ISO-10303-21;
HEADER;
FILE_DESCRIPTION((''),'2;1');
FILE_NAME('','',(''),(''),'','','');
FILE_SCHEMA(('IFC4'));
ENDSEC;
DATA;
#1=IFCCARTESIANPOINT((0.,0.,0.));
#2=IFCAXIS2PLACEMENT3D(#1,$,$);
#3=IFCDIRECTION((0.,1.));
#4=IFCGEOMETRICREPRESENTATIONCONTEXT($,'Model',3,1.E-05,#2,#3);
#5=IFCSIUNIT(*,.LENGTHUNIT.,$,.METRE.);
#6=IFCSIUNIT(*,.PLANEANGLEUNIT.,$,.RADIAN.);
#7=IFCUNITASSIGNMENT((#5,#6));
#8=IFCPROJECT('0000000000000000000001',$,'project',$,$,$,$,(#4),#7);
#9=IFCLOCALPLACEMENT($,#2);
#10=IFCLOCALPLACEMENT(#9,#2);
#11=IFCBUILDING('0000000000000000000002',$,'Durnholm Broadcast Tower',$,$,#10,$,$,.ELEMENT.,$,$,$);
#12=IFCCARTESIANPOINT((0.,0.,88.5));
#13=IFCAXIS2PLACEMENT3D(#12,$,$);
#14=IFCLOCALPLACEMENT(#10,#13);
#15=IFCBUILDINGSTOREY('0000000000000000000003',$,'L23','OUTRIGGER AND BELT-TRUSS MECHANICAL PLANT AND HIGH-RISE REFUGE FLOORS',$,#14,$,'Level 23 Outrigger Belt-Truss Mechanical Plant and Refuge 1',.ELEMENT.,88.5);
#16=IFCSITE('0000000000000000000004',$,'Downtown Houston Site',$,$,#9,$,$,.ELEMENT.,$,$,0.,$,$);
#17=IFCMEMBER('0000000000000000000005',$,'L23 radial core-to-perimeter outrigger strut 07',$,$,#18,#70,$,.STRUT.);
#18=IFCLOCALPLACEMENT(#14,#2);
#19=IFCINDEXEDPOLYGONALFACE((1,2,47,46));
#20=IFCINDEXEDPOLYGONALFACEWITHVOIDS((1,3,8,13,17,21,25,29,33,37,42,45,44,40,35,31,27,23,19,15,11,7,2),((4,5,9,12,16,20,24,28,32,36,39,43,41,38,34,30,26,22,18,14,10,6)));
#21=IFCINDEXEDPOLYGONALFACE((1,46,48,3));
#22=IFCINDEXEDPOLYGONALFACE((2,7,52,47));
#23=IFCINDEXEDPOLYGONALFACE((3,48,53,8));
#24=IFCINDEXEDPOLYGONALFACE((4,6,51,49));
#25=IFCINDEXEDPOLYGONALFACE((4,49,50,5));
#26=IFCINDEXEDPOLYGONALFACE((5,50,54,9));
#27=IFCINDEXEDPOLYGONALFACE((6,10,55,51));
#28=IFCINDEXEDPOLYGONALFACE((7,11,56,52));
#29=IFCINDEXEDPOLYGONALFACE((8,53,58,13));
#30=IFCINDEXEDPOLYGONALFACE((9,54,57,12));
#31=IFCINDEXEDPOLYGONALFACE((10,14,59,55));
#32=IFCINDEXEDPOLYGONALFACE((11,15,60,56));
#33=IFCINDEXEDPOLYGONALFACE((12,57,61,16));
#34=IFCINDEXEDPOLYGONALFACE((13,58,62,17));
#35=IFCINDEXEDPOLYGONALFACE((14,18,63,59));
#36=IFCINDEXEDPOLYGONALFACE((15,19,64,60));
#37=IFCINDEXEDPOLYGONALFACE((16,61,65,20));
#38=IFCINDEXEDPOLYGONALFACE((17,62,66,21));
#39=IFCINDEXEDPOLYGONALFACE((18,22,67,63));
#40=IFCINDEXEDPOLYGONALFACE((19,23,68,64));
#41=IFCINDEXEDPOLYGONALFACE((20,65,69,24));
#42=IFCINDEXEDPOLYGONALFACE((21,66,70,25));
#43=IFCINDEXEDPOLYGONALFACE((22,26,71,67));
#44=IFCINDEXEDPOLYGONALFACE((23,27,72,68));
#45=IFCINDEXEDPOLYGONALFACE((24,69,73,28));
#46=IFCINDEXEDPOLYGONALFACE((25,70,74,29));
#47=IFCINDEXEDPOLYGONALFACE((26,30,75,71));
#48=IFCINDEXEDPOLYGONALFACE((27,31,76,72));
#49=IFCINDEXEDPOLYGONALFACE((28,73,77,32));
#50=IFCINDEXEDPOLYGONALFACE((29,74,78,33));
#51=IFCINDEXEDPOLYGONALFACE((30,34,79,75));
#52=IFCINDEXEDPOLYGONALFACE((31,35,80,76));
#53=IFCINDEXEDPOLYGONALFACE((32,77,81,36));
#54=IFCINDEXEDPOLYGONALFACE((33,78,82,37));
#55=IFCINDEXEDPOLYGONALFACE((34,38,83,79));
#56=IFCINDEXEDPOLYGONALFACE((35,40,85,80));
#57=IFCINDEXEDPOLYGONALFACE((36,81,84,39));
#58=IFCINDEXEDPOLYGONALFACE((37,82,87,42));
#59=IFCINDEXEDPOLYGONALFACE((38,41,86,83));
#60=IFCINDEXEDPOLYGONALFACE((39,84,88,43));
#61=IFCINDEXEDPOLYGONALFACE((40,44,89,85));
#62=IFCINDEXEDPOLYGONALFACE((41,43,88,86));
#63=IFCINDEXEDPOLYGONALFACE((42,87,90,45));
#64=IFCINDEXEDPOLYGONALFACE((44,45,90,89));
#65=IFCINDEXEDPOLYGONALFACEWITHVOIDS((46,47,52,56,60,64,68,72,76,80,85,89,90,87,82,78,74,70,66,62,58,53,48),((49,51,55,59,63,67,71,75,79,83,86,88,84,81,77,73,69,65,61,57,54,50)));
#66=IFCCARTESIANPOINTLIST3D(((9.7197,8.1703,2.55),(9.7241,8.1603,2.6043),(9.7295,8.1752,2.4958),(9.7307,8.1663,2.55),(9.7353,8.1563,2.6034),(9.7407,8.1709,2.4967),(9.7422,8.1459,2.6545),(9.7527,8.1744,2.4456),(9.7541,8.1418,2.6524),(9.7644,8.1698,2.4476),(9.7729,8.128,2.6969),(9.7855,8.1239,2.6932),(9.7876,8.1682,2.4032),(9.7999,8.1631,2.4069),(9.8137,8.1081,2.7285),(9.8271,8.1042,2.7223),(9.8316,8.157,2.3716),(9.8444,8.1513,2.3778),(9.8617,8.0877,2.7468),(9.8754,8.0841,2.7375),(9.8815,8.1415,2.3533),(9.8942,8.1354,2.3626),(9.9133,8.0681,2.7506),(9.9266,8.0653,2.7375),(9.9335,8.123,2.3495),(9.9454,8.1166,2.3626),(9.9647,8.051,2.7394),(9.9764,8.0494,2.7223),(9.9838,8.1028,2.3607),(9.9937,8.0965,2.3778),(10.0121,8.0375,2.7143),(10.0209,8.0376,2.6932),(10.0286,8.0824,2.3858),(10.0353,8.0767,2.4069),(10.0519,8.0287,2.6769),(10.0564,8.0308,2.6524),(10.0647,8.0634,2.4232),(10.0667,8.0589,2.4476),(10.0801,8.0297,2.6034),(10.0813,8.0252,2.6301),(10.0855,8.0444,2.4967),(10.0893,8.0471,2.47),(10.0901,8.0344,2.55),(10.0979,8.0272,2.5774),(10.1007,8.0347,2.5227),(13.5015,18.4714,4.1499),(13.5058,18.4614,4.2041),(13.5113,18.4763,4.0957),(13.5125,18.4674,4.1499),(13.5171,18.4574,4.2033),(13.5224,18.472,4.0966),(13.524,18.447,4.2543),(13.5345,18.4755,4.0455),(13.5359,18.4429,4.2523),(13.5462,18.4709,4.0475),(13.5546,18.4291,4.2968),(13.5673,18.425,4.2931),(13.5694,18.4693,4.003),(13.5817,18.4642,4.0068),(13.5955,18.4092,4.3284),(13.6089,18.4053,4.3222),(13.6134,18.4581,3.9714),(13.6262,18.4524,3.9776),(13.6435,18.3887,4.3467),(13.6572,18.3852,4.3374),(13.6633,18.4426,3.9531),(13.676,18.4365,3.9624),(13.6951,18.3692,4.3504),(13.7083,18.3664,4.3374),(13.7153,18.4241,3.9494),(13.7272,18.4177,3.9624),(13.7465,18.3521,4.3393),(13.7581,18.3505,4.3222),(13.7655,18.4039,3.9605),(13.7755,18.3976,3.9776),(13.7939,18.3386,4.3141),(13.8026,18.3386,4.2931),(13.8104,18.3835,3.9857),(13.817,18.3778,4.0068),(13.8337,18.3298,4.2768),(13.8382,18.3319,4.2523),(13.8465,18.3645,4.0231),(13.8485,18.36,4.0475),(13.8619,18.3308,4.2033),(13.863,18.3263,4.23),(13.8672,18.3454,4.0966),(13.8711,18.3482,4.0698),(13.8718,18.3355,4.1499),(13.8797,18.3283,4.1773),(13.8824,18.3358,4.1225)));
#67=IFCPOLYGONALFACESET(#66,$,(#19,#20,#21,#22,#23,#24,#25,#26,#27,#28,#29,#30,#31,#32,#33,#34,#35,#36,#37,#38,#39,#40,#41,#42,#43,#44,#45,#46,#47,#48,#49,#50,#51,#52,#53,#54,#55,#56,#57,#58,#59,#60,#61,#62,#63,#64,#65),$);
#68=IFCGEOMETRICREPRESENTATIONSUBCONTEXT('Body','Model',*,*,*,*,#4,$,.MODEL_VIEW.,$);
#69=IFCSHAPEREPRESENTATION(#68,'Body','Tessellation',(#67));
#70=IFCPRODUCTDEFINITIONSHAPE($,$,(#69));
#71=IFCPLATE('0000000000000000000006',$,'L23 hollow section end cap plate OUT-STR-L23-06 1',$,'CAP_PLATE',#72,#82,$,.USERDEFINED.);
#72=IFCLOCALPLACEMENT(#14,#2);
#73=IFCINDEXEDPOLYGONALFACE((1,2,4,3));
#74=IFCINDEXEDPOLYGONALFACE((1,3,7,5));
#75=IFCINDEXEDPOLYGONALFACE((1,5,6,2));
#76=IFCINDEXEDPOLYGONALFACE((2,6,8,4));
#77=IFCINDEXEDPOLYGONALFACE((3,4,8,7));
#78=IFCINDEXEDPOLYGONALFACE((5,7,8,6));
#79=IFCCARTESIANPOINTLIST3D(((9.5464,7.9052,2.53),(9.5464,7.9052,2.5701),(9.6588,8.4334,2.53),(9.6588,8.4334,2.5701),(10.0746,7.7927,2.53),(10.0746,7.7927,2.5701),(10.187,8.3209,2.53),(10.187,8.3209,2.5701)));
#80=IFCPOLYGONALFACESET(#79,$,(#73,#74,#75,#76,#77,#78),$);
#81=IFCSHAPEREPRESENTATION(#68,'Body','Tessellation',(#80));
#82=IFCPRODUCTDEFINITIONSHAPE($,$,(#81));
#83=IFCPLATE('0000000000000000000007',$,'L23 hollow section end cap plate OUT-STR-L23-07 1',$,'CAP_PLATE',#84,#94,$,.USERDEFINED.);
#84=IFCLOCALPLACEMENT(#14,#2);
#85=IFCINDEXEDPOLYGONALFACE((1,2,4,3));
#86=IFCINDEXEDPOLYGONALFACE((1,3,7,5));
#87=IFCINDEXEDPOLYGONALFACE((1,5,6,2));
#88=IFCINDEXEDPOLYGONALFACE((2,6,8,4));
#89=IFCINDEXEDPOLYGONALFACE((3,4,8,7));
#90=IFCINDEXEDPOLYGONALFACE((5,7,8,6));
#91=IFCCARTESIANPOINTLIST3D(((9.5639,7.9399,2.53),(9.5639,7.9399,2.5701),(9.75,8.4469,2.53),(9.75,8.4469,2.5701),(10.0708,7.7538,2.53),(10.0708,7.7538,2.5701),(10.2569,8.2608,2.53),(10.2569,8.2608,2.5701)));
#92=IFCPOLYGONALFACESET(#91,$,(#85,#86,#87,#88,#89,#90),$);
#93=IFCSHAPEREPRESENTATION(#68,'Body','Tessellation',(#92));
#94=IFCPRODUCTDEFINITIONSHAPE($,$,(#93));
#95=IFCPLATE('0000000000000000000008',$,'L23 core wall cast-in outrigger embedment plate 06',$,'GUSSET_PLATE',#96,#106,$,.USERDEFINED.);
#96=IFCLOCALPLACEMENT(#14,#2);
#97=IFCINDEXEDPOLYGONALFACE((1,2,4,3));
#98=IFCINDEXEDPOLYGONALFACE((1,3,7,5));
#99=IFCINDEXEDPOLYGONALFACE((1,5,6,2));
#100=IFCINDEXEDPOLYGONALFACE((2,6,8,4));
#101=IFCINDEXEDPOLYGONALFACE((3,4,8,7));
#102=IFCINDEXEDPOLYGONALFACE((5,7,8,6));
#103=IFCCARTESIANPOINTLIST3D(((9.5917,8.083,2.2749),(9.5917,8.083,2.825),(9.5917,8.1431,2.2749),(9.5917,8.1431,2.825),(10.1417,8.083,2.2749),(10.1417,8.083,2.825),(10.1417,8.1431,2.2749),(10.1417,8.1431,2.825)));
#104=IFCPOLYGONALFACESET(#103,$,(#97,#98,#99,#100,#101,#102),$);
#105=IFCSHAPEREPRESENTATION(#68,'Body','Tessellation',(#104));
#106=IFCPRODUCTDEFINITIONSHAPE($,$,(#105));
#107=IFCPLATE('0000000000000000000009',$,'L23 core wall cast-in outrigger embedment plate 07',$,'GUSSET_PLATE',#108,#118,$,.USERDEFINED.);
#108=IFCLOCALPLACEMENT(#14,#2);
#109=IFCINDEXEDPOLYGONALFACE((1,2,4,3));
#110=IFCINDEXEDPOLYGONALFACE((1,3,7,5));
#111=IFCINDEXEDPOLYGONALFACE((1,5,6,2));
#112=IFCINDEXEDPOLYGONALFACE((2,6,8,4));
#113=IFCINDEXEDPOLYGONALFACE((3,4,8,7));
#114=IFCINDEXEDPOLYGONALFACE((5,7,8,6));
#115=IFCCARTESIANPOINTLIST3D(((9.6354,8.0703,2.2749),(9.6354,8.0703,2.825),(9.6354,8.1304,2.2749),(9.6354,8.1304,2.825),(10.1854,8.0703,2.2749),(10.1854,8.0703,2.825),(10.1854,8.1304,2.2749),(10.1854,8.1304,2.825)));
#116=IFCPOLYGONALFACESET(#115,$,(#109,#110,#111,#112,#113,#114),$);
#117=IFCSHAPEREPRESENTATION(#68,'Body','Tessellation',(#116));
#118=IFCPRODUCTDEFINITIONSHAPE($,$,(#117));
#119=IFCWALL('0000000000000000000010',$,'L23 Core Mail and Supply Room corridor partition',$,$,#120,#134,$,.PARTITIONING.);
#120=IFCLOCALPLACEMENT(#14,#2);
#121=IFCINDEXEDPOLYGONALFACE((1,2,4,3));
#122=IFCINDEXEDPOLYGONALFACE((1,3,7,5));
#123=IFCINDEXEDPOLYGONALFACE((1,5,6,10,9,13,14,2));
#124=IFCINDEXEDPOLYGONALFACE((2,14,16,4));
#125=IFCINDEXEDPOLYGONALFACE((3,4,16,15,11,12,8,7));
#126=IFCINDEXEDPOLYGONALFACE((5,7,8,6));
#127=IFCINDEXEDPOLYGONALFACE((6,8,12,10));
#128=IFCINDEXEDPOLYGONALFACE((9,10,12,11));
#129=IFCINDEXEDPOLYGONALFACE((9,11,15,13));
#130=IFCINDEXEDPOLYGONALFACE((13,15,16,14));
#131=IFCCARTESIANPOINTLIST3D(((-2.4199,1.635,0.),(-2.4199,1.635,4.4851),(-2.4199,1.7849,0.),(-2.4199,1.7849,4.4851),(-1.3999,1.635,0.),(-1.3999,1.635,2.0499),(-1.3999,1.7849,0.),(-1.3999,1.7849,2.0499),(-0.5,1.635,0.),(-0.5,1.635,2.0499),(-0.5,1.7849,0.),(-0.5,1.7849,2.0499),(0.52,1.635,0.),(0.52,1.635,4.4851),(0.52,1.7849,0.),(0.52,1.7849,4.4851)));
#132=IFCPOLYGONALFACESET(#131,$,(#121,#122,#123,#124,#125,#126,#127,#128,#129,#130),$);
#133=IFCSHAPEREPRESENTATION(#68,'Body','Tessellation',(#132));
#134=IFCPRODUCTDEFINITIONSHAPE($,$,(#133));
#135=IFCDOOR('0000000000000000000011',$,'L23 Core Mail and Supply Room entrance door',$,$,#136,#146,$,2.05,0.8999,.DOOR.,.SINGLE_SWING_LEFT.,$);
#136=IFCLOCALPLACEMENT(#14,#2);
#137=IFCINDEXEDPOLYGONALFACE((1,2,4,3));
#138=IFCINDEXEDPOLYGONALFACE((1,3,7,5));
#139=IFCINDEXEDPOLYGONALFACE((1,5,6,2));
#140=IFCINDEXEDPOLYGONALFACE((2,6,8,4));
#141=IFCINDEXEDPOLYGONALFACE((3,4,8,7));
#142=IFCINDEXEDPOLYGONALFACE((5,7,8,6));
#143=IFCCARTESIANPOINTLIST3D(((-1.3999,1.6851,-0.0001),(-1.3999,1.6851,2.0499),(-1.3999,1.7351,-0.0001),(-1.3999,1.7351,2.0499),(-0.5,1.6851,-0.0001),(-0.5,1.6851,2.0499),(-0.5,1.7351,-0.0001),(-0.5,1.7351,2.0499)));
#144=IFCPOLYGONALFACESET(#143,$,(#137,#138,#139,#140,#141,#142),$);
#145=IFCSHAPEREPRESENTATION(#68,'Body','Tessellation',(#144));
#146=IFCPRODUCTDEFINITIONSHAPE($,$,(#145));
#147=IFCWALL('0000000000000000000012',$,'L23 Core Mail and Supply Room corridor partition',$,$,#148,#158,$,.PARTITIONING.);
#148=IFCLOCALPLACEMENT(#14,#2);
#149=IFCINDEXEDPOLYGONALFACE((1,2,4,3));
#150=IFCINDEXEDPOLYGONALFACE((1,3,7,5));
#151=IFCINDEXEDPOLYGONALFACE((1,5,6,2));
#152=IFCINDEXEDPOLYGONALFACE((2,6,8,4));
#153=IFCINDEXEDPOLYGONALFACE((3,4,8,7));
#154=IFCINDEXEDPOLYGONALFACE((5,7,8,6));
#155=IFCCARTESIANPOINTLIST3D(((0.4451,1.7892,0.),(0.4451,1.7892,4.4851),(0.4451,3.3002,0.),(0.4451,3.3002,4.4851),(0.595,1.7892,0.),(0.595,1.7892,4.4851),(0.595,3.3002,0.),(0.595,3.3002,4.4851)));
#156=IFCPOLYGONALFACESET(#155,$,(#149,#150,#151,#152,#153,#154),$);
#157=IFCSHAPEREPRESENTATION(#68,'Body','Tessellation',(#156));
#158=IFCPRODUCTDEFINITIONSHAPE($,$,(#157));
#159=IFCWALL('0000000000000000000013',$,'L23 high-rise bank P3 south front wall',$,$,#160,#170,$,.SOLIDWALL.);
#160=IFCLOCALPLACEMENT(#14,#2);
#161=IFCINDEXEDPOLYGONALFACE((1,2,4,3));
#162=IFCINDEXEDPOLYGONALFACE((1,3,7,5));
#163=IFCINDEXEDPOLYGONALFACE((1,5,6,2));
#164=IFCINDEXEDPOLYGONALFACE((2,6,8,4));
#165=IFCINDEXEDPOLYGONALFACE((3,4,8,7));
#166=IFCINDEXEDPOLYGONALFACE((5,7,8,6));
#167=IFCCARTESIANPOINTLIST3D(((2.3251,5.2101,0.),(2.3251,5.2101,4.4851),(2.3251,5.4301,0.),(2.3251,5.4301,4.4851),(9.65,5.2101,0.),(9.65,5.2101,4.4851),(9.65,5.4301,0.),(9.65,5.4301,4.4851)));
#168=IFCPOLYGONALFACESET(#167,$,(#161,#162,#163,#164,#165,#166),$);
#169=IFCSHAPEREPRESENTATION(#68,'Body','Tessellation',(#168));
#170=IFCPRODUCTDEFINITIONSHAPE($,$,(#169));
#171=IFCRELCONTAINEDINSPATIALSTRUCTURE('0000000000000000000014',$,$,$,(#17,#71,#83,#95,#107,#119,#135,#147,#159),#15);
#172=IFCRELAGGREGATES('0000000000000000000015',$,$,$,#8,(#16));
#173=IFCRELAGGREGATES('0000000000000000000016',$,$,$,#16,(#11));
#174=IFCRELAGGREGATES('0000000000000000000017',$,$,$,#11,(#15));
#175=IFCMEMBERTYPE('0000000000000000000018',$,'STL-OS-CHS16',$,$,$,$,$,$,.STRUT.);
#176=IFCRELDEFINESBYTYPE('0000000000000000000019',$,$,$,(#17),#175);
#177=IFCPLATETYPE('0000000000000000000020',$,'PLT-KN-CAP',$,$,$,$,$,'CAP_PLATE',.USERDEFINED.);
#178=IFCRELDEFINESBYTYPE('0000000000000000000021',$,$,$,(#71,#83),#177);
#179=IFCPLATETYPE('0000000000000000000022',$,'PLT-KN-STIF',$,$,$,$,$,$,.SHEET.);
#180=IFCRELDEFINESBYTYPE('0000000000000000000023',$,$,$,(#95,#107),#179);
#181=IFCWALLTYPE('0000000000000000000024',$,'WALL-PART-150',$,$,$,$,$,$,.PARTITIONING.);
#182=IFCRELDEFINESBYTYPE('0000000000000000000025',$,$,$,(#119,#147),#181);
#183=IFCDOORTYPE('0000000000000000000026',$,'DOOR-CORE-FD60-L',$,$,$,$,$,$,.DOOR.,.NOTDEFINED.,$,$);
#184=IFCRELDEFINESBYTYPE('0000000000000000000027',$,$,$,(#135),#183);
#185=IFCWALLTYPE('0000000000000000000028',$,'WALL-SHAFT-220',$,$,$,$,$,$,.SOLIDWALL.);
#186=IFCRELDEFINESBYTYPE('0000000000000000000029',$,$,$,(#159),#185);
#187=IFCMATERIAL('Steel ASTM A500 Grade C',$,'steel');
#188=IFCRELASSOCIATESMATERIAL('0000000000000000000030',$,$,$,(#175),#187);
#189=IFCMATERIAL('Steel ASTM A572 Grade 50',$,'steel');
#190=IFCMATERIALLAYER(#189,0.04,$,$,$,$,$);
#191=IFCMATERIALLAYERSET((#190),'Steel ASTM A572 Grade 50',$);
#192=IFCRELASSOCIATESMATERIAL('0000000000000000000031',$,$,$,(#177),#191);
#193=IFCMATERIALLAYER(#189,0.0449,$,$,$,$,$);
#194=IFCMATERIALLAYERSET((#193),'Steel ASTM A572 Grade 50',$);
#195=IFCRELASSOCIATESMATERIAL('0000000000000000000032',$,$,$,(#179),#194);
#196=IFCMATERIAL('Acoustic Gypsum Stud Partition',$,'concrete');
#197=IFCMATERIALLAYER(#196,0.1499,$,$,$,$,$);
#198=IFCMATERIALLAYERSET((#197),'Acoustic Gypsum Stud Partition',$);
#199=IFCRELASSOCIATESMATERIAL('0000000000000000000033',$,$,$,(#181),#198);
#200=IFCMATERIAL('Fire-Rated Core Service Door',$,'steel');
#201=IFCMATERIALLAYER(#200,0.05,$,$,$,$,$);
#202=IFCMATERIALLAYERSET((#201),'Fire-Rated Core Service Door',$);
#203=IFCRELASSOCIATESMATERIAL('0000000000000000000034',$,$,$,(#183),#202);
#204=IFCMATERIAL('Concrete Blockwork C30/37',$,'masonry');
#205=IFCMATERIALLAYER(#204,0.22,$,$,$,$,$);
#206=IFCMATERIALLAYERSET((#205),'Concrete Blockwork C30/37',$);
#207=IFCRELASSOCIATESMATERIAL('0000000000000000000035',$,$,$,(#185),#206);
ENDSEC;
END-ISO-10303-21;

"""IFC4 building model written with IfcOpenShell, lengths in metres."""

from ifc_helpers import new_model, si_unit, direction, frame, frame_2d, origin, origin_2d, place, context, subcontext, project, spatial, rectangle, hollow_circle, extrude, source, transform, mapped, material, layer, layer_set, material_profile, profile_set, type_object, type_shapes, element, fill, save


model = new_model("IFC4")

# Units and contexts
model_context = context("Model", 3, precision=1e-05, world=origin(), true_north=direction((0.0, 1.0)))
body_context = subcontext(model_context, "Body", "Model", "MODEL_VIEW")
ifc_project = project(units=[si_unit("LENGTHUNIT", "METRE"), si_unit("PLANEANGLEUNIT", "RADIAN")], contexts=[model_context])

# Site, building, storey
site_placement = place(None, origin())
site = spatial("IfcSite", under=ifc_project, at=site_placement, Name="Downtown Houston Site", CompositionType="ELEMENT", RefElevation=0.0)
building_placement = place(site_placement, origin())
building = spatial("IfcBuilding", under=site, at=building_placement, Name="Durnholm Broadcast Tower", CompositionType="ELEMENT")
storey_placement = place(building_placement, frame((0.0, 0.0, 88.5)))
storey = spatial("IfcBuildingStorey", under=building, at=storey_placement, Name="L23", Description="OUTRIGGER AND BELT-TRUSS MECHANICAL PLANT AND HIGH-RISE REFUGE FLOORS", LongName="Level 23 Outrigger Belt-Truss Mechanical Plant and Refuge 1", CompositionType="ELEMENT", Elevation=88.5)

# Member
ifc_material_1 = material(Name="Steel ASTM A500 Grade C", Category="steel")
ifc_material_profile_1 = material_profile(ifc_material_1, hollow_circle(Radius=0.2031, WallThickness=0.0117, at=origin_2d()), Name="HSS16.000X0.500")
ifc_profile_set_1 = profile_set([ifc_material_profile_1], Name="Steel ASTM A500 Grade C")
member_type_1 = type_object("IfcMemberType", Name="STL-OS-CHS16", PredefinedType="STRUT", material=ifc_profile_set_1)
shared_shape_1 = source(origin(), body_context, "Body", "SweptSolid", [
    extrude(hollow_circle(Radius=0.2031, WallThickness=0.0117, at=origin_2d()), origin(), (0.0, 0.0, 1.0), 11.0894),
])
type_shapes(member_type_1, [shared_shape_1])
member_1_placement = place(storey_placement, frame((9.9104, 8.1003, 2.55), z_axis=(0.341026, 0.928917, 0.14427), x_axis=(-0.938738, 0.344632, 0.0)))
element("IfcMember", 1, at=member_1_placement, inside=storey, type_object=member_type_1, Name="L23 radial core-to-perimeter outrigger strut 07", PredefinedType="STRUT", context=body_context, shape_type="MappedRepresentation", body=[
    mapped(shared_shape_1, transform((0.0, 0.0, 0.0), x_axis=(1.0, 0.0, 0.0), y_axis=(0.0, 1.0, 0.0), z_axis=(0.0, 0.0, 1.0), scale=1.0)),
])

# Plates
ifc_material_2 = material(Name="Steel ASTM A572 Grade 50", Category="steel")
ifc_layer_1 = layer(ifc_material_2, 0.04)
ifc_layer_set_1 = layer_set([ifc_layer_1], Name="Steel ASTM A572 Grade 50")
plate_type_1 = type_object("IfcPlateType", Name="PLT-KN-CAP", ElementType="CAP_PLATE", PredefinedType="USERDEFINED", material=ifc_layer_set_1)
shared_shape_2 = source(origin(), body_context, "Body", "SweptSolid", [
    extrude(rectangle(XDim=0.54, YDim=0.54, at=origin_2d()), origin(), (0.0, 0.0, 1.0), 0.04),
])
type_shapes(plate_type_1, [shared_shape_2])
for number, where, z_axis, x_axis, name in (
    (2, (9.8667, 8.113, 2.53), (0.0, 0.0, 1.0), (0.208253, 0.978075, 0.0), "L23 hollow section end cap plate OUT-STR-L23-06 1"),
    (3, (9.9104, 8.1003, 2.53), (0.0, 0.0, 1.0), (0.344643, 0.938734, 0.0), "L23 hollow section end cap plate OUT-STR-L23-07 1"),
):
    element("IfcPlate", number, at=place(storey_placement, frame(where, z_axis=z_axis, x_axis=x_axis)), inside=storey, type_object=plate_type_1, Name=name, ObjectType="CAP_PLATE", PredefinedType="USERDEFINED", context=body_context, shape_type="MappedRepresentation", body=[
        mapped(shared_shape_2, transform((0.0, 0.0, 0.0), x_axis=(1.0, 0.0, 0.0), y_axis=(0.0, 1.0, 0.0), z_axis=(0.0, 0.0, 1.0), scale=1.0)),
    ])
ifc_layer_2 = layer(ifc_material_2, 0.0449)
ifc_layer_set_2 = layer_set([ifc_layer_2], Name="Steel ASTM A572 Grade 50")
plate_type_2 = type_object("IfcPlateType", Name="PLT-KN-STIF", PredefinedType="SHEET", material=ifc_layer_set_2)
shared_shape_3 = source(origin(), body_context, "Body", "SweptSolid", [
    extrude(rectangle(XDim=0.55, YDim=0.0601, at=origin_2d()), origin(), (0.0, 0.0, 1.0), 0.55),
])
type_shapes(plate_type_2, [shared_shape_3])
for number, where, z_axis, x_axis, name in (
    (4, (9.8667, 8.113, 2.2749), (0.0, 0.0, 1.0), (1.0, 0.0, 0.0), "L23 core wall cast-in outrigger embedment plate 06"),
    (5, (9.9104, 8.1003, 2.2749), (0.0, 0.0, 1.0), (1.0, 0.0, 0.0), "L23 core wall cast-in outrigger embedment plate 07"),
):
    element("IfcPlate", number, at=place(storey_placement, frame(where, z_axis=z_axis, x_axis=x_axis)), inside=storey, type_object=plate_type_2, Name=name, ObjectType="GUSSET_PLATE", PredefinedType="USERDEFINED", context=body_context, shape_type="MappedRepresentation", body=[
        mapped(shared_shape_3, transform((0.0, 0.0, 0.0), x_axis=(1.0, 0.0, 0.0), y_axis=(0.0, 1.0, 0.0), z_axis=(0.0, 0.0, 1.0), scale=1.0)),
    ])

# Wall, opening, door
ifc_material_3 = material(Name="Acoustic Gypsum Stud Partition", Category="concrete")
ifc_layer_3 = layer(ifc_material_3, 0.1499)
ifc_layer_set_3 = layer_set([ifc_layer_3], Name="Acoustic Gypsum Stud Partition")
wall_type_1 = type_object("IfcWallType", Name="WALL-PART-150", PredefinedType="PARTITIONING", material=ifc_layer_set_3)
wall_1_placement = place(storey_placement, frame((0.52, 1.71, 0.0), z_axis=(0.0, 0.0, 1.0), x_axis=(-1.0, 0.0, 0.0)))
wall_1 = element("IfcWall", 6, at=wall_1_placement, inside=storey, type_object=wall_type_1, Name="L23 Core Mail and Supply Room corridor partition", PredefinedType="PARTITIONING", context=body_context, shape_type="SweptSolid", body=[
    extrude(rectangle(XDim=2.9399, YDim=0.1499, at=frame_2d((1.47, 0.0))), origin(), (0.0, 0.0, 1.0), 4.4851),
])
opening_1_placement = place(wall_1_placement, frame((1.02, 0.0, 0.0)))
opening_1 = element("IfcOpeningElement", 7, at=opening_1_placement, cuts=wall_1, PredefinedType="OPENING", context=body_context, shape_type="SweptSolid", body=[
    extrude(rectangle(XDim=0.8999, YDim=2.05, at=frame_2d((0.45, 1.0249))), frame((0.0, 0.085, 0.0), z_axis=(0.0, -1.0, 0.0), x_axis=(1.0, 0.0, 0.0)), (0.0, 0.0, 1.0), 0.1699),
])
ifc_material_4 = material(Name="Fire-Rated Core Service Door", Category="steel")
ifc_layer_4 = layer(ifc_material_4, 0.05)
ifc_layer_set_4 = layer_set([ifc_layer_4], Name="Fire-Rated Core Service Door")
door_type_1 = type_object("IfcDoorType", Name="DOOR-CORE-FD60-L", OperationType="NOTDEFINED", PredefinedType="DOOR", material=ifc_layer_set_4)
shared_shape_4 = source(origin(), body_context, "Body", "SweptSolid", [
    extrude(rectangle(XDim=0.8999, YDim=2.05, at=frame_2d((0.45, 1.0249))), frame((0.0, 0.0249, 0.0), z_axis=(0.0, -1.0, 0.0), x_axis=(1.0, 0.0, 0.0)), (0.0, 0.0, 1.0), 0.05),
])
type_shapes(door_type_1, [shared_shape_4])
door_1_placement = place(opening_1_placement, origin())
door_1 = element("IfcDoor", 8, at=door_1_placement, inside=storey, type_object=door_type_1, Name="L23 Core Mail and Supply Room entrance door", OperationType="SINGLE_SWING_LEFT", OverallHeight=2.05, OverallWidth=0.8999, PredefinedType="DOOR", context=body_context, shape_type="MappedRepresentation", body=[
    mapped(shared_shape_4, transform((0.0, 0.0, 0.0), x_axis=(1.0, 0.0, 0.0), y_axis=(0.0, 1.0, 0.0), z_axis=(0.0, 0.0, 1.0), scale=1.0)),
])
fill(opening_1, door_1)

# Wall
wall_2_placement = place(storey_placement, frame((0.52, 3.3, 0.0), z_axis=(0.0, 0.0, 1.0), x_axis=(0.0, -1.0, 0.0)))
element("IfcWall", 9, at=wall_2_placement, inside=storey, type_object=wall_type_1, Name="L23 Core Mail and Supply Room corridor partition", PredefinedType="PARTITIONING", context=body_context, shape_type="SweptSolid", body=[
    extrude(rectangle(XDim=1.511, YDim=0.1499, at=frame_2d((0.7554, 0.0))), origin(), (0.0, 0.0, 1.0), 4.4851),
])

# Shared definitions
ifc_material_5 = material(Name="Concrete Blockwork C30/37", Category="masonry")
ifc_layer_5 = layer(ifc_material_5, 0.22)
ifc_layer_set_5 = layer_set([ifc_layer_5], Name="Concrete Blockwork C30/37")
wall_type_2 = type_object("IfcWallType", Name="WALL-SHAFT-220", PredefinedType="SOLIDWALL", material=ifc_layer_set_5)

# Wall
wall_3_placement = place(storey_placement, frame((2.325, 5.3201, 0.0), z_axis=(0.0, 0.0, 1.0), x_axis=(1.0, 0.0, 0.0)))
element("IfcWall", 10, at=wall_3_placement, inside=storey, type_object=wall_type_2, Name="L23 high-rise bank P3 south front wall", PredefinedType="SOLIDWALL", context=body_context, shape_type="SweptSolid", body=[
    extrude(rectangle(XDim=7.325, YDim=0.22, at=frame_2d((3.6626, 0.0))), origin(), (0.0, 0.0, 1.0), 4.4851),
])

save(model, "model.ifc")
